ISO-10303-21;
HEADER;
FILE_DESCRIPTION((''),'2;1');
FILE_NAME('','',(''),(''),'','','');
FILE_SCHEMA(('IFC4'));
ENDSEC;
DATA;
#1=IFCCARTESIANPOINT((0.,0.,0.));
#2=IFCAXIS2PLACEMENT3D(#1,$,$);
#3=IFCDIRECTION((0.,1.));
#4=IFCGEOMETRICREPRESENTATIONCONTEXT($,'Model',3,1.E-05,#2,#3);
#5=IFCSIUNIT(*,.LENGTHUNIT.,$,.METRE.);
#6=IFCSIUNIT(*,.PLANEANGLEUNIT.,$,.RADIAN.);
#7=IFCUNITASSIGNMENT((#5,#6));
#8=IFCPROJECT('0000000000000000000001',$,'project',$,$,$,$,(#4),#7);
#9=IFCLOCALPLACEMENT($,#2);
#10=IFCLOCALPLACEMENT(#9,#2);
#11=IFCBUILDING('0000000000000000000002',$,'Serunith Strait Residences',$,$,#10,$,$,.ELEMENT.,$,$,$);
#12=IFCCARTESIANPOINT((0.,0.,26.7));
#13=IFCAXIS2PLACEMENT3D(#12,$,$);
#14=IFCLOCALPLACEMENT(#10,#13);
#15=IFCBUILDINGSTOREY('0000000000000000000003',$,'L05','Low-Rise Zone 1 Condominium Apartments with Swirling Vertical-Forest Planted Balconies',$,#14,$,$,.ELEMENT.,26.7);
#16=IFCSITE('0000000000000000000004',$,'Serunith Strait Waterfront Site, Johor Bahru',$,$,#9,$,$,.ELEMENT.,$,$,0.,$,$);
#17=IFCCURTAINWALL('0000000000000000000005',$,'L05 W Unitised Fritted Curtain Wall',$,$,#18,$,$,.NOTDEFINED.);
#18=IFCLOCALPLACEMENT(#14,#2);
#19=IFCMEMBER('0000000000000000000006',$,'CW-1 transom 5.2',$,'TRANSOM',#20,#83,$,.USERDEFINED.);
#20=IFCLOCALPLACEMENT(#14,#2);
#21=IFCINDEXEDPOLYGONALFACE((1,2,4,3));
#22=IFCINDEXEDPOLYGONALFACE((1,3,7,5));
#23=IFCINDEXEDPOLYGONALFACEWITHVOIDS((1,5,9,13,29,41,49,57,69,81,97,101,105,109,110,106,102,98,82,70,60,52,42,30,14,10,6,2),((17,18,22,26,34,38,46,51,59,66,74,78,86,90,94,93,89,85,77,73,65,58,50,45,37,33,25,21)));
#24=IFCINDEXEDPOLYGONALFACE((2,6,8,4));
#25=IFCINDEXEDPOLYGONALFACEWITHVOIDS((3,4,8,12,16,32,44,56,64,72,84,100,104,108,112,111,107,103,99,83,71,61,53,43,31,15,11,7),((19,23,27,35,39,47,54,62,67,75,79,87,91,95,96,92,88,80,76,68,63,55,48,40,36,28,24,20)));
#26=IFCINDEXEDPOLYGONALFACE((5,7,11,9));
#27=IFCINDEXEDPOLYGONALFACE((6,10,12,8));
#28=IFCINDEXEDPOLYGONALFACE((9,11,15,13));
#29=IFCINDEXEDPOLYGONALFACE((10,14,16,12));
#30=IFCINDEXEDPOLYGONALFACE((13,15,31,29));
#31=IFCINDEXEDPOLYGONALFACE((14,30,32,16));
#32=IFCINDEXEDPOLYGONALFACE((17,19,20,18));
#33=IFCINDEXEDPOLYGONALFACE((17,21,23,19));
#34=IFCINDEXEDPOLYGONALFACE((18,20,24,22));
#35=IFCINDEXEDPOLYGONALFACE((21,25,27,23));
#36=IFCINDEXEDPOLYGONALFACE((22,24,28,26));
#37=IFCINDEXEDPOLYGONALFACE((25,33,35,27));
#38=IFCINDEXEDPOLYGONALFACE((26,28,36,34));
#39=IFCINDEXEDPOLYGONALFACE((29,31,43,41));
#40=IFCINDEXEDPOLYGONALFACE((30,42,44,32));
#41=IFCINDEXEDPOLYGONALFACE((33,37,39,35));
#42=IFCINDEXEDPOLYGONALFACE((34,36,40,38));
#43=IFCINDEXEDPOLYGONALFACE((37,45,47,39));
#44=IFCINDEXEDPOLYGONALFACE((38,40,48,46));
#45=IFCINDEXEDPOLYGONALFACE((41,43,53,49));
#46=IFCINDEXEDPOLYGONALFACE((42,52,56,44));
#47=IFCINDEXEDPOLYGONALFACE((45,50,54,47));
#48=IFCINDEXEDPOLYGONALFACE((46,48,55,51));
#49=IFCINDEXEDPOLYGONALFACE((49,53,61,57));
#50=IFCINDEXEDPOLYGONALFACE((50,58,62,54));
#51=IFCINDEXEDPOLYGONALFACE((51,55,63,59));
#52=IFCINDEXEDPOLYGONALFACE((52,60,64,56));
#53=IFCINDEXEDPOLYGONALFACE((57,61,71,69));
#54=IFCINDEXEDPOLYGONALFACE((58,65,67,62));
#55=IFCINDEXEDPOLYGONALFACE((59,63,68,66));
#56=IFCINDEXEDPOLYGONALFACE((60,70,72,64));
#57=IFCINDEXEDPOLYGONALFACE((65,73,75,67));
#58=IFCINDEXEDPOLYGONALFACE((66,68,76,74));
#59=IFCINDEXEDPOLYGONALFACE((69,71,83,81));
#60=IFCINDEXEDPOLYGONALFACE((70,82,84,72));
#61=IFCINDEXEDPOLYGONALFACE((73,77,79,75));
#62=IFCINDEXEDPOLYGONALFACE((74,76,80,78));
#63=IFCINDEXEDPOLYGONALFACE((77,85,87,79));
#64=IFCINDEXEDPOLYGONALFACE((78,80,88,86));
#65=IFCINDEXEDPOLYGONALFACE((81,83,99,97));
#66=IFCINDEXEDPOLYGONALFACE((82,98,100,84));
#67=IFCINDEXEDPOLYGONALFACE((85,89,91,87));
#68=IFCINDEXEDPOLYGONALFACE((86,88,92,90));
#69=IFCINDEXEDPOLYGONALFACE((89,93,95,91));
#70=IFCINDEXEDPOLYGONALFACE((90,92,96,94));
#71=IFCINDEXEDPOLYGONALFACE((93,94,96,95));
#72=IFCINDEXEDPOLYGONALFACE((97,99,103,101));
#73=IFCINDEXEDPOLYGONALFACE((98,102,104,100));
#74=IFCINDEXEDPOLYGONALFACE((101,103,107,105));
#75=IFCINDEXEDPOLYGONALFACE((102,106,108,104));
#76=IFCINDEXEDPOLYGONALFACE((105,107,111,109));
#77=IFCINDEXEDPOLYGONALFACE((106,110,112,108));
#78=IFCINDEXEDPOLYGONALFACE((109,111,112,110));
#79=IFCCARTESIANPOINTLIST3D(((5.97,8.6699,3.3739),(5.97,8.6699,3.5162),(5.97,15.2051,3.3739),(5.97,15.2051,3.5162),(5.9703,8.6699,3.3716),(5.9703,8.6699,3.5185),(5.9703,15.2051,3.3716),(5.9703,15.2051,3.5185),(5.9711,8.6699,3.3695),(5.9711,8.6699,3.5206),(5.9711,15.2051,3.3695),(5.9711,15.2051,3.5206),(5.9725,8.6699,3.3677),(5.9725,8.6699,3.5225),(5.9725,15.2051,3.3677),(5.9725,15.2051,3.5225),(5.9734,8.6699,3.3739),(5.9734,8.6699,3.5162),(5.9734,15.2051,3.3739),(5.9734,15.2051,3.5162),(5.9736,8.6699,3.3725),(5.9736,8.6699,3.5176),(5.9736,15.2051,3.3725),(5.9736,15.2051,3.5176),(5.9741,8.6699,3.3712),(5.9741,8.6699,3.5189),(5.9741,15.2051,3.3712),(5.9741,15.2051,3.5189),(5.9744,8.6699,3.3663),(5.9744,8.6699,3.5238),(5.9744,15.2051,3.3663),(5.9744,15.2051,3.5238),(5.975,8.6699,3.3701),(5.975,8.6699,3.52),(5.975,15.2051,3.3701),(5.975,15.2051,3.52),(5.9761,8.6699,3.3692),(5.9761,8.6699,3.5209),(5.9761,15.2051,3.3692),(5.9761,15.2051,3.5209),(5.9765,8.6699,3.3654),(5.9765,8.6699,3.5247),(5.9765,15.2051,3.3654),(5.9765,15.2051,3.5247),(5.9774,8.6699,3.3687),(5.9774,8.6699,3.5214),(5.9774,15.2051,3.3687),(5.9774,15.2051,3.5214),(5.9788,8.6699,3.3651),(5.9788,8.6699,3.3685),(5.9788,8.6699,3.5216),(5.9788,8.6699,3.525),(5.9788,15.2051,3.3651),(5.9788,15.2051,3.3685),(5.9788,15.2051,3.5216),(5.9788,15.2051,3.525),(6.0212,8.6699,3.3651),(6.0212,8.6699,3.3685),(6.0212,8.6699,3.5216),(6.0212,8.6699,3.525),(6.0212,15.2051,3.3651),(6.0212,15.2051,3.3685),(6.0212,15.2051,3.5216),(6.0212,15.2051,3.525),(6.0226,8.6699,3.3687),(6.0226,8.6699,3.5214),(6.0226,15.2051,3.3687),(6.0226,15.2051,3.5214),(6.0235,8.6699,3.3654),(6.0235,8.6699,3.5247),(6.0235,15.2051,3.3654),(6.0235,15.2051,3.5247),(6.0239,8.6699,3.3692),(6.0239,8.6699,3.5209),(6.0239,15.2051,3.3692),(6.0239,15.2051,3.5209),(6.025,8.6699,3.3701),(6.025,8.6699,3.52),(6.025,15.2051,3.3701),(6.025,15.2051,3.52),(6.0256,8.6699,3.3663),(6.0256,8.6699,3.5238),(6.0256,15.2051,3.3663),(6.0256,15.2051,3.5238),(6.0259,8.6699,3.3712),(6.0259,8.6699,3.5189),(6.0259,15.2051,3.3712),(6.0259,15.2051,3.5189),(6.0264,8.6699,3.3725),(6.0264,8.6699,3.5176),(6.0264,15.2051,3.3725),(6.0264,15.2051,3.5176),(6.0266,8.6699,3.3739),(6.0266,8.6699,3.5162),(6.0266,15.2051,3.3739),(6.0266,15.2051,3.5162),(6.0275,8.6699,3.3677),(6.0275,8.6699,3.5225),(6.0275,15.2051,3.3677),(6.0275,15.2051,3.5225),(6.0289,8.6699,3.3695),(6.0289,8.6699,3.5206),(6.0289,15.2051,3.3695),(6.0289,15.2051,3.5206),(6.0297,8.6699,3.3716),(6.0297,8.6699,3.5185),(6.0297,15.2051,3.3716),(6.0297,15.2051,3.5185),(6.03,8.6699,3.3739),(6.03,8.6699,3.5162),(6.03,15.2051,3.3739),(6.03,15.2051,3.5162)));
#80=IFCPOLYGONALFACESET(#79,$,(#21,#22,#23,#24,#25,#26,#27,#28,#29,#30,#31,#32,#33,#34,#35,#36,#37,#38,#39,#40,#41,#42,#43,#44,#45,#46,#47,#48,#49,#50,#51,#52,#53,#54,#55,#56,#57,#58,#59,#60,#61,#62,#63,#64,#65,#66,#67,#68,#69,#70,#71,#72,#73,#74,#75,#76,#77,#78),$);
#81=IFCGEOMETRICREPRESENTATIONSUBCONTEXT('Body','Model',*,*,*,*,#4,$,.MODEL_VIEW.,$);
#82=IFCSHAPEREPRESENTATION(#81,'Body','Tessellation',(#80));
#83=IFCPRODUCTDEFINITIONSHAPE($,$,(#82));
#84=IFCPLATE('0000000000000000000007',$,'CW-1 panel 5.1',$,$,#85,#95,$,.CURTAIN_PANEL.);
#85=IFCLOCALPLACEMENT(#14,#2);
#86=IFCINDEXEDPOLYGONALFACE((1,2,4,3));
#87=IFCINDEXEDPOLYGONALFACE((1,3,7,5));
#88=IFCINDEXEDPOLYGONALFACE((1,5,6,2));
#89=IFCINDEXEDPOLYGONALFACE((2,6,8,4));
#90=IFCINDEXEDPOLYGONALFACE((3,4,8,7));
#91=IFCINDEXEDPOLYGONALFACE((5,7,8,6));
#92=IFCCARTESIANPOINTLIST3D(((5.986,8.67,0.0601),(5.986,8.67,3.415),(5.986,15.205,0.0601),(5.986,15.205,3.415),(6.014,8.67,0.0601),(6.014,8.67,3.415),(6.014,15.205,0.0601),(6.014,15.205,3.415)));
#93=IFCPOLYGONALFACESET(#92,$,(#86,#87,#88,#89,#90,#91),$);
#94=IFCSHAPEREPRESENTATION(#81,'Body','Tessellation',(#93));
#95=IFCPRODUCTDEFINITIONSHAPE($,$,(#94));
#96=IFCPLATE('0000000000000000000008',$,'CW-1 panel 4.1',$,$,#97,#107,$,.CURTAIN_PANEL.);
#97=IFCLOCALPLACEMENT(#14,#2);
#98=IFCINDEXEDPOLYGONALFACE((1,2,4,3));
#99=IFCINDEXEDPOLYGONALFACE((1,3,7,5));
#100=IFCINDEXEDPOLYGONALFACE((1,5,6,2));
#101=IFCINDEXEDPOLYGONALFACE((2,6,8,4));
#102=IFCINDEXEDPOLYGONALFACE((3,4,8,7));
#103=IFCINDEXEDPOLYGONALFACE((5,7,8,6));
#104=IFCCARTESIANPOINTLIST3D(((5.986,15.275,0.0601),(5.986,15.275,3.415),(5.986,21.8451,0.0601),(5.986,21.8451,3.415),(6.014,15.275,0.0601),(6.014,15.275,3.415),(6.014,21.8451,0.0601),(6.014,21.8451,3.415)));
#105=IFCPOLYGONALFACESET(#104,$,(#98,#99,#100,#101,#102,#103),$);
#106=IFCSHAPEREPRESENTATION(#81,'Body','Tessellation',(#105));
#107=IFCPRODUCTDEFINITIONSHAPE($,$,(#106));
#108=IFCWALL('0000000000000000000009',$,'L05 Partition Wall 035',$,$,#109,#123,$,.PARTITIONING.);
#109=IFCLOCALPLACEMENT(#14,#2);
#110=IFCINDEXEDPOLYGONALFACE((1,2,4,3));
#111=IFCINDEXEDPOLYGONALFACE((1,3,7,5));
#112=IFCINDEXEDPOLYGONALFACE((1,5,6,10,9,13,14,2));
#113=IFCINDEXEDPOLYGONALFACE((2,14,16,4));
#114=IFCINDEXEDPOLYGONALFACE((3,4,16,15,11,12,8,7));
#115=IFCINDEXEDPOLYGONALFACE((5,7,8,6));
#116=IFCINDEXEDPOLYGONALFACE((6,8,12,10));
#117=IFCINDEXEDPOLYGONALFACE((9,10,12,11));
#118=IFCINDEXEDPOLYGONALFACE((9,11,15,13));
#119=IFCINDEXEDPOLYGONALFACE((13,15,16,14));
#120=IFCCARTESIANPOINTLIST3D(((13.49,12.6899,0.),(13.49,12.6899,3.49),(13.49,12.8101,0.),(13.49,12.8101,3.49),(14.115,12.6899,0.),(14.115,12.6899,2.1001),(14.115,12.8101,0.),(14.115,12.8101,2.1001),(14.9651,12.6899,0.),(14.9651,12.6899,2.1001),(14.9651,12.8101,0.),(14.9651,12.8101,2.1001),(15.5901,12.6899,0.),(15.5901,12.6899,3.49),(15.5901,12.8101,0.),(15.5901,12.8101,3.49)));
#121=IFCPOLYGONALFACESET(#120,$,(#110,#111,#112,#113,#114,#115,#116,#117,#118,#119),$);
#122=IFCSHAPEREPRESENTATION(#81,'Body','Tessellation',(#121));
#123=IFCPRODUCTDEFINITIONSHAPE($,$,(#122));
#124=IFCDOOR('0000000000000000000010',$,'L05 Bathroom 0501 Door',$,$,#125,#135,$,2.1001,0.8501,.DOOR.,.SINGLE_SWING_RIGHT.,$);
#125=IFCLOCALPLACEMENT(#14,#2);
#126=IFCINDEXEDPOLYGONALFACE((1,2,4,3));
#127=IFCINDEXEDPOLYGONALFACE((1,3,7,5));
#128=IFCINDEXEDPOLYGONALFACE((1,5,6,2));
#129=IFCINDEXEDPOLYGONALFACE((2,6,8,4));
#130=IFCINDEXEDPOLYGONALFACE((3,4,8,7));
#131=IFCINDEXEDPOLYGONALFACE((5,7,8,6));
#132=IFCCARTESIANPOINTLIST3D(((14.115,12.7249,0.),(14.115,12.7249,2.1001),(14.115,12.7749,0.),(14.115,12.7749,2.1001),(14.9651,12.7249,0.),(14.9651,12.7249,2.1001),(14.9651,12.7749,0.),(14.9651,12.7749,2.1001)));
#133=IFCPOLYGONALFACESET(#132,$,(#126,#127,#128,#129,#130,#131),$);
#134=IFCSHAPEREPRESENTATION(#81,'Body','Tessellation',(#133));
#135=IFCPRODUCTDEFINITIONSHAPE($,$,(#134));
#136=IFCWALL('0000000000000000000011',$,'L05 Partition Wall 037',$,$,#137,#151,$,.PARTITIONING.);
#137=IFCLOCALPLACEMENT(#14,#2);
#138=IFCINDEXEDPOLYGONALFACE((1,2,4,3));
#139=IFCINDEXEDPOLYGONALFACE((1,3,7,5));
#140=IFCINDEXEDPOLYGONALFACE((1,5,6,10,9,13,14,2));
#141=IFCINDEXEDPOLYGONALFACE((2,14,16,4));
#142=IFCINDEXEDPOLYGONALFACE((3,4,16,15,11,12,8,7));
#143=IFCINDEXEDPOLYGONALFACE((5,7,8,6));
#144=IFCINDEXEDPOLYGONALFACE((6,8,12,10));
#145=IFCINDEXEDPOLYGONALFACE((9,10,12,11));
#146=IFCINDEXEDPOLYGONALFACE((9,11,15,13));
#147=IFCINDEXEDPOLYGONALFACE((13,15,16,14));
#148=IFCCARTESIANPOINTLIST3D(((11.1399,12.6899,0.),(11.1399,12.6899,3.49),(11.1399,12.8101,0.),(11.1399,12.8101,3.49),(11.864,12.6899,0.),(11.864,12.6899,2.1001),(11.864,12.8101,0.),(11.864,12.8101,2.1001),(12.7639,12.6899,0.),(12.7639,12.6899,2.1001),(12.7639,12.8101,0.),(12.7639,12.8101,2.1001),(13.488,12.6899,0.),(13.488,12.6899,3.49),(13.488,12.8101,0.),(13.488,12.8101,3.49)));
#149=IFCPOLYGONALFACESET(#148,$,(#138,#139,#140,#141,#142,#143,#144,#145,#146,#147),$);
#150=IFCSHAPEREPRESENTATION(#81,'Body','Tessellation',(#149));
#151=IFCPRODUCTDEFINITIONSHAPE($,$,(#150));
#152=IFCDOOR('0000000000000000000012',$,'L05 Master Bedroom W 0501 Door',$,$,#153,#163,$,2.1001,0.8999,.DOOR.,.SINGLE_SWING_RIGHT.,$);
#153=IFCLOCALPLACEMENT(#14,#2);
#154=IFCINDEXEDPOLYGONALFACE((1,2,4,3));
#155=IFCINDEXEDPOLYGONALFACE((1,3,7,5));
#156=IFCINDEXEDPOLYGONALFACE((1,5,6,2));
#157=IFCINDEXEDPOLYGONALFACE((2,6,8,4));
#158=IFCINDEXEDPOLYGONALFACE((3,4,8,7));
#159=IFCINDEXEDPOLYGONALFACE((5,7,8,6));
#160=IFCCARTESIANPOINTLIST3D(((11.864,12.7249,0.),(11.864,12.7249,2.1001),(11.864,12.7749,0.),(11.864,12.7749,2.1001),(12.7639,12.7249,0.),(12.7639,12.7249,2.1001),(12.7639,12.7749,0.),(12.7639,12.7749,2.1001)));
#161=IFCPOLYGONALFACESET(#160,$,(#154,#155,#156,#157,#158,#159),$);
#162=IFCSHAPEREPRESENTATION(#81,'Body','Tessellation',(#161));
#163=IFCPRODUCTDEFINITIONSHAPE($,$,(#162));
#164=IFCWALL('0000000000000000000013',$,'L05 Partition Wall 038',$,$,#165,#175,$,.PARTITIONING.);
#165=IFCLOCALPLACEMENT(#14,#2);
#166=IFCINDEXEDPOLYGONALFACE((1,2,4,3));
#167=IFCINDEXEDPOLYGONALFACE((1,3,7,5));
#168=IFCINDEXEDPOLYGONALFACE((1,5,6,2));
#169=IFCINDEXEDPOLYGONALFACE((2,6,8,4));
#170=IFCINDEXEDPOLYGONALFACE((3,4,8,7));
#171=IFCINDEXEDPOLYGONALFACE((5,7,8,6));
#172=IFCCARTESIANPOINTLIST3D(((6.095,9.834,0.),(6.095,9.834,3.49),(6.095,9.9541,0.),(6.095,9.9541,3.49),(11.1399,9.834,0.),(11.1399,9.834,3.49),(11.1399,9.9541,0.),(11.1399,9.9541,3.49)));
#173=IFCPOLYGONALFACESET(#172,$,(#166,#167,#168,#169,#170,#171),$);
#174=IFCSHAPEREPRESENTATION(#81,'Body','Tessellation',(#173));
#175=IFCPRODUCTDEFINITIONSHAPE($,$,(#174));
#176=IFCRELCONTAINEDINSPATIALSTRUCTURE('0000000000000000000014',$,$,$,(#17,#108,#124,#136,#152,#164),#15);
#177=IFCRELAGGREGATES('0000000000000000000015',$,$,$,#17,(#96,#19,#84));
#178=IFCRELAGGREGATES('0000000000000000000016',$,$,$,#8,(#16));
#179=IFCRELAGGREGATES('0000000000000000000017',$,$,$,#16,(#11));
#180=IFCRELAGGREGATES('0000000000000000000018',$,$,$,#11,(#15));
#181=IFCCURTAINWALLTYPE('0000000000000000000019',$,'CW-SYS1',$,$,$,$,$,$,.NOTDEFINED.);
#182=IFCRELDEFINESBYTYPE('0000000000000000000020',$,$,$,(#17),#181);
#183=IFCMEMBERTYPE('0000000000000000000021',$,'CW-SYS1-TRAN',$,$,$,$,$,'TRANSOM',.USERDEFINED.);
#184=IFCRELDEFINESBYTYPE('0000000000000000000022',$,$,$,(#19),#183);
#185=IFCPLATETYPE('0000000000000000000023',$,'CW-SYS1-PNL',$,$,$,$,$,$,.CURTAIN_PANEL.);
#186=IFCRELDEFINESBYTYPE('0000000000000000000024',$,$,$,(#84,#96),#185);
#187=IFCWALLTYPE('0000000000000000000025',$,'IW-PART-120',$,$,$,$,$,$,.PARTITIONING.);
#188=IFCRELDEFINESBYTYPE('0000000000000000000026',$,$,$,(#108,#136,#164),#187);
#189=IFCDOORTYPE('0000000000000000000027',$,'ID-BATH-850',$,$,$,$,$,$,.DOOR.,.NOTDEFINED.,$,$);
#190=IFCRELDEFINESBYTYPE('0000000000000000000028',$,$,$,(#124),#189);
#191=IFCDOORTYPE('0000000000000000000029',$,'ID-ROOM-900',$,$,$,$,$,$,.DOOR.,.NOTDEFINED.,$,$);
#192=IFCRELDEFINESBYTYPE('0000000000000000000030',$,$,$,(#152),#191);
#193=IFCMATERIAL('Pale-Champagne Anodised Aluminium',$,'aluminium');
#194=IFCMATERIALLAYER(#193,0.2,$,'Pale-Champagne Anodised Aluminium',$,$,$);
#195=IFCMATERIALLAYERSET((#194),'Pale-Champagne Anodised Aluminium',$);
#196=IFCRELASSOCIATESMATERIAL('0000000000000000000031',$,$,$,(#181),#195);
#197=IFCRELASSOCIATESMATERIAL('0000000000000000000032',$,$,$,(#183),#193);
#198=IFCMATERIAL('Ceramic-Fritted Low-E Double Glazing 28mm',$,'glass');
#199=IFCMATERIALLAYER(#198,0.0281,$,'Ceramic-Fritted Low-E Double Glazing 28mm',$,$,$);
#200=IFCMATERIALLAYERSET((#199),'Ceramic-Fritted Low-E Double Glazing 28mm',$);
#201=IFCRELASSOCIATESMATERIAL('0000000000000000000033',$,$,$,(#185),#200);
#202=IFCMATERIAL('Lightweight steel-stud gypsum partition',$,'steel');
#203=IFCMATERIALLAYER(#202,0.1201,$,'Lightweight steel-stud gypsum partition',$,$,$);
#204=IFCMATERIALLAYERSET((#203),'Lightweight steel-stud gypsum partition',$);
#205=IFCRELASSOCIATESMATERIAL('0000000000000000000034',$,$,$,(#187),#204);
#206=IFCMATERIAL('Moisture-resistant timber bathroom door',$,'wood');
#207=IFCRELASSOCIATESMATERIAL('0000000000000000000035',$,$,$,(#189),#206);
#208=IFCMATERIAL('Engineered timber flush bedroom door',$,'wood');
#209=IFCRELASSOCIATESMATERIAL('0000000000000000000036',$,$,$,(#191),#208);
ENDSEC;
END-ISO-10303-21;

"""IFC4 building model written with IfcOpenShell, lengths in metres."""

from ifc_helpers import new_model, si_unit, direction, frame, frame_2d, origin, origin_2d, place, context, subcontext, project, spatial, rectangle, hollow_rectangle, extrude, source, transform, mapped, material, layer, layer_set, material_profile, profile_set, type_object, element, fill, aggregate, save


model = new_model("IFC4")

# Units and contexts
model_context = context("Model", 3, precision=1e-05, world=origin(), true_north=direction((0.0, 1.0)))
body_context = subcontext(model_context, "Body", "Model", "MODEL_VIEW")
ifc_project = project(units=[si_unit("LENGTHUNIT", "METRE"), si_unit("PLANEANGLEUNIT", "RADIAN")], contexts=[model_context])

# Site, building, storey
site_placement = place(None, origin())
site = spatial("IfcSite", under=ifc_project, at=site_placement, Name="Serunith Strait Waterfront Site, Johor Bahru", CompositionType="ELEMENT", RefElevation=0.0)
building_placement = place(site_placement, origin())
building = spatial("IfcBuilding", under=site, at=building_placement, Name="Serunith Strait Residences", CompositionType="ELEMENT")
storey_placement = place(building_placement, frame((0.0, 0.0, 26.7)))
storey = spatial("IfcBuildingStorey", under=building, at=storey_placement, Name="L05", Description="Low-Rise Zone 1 Condominium Apartments with Swirling Vertical-Forest Planted Balconies", CompositionType="ELEMENT", Elevation=26.7)

# Curtain wall, member, plates
ifc_material_1 = material(Name="Pale-Champagne Anodised Aluminium", Category="aluminium")
ifc_layer_1 = layer(ifc_material_1, 0.2, Name="Pale-Champagne Anodised Aluminium")
ifc_layer_set_1 = layer_set([ifc_layer_1], Name="Pale-Champagne Anodised Aluminium")
curtain_wall_type = type_object("IfcCurtainWallType", Name="CW-SYS1", PredefinedType="NOTDEFINED", material=ifc_layer_set_1)
curtain_wall_placement = place(storey_placement, origin())
curtain_wall = element("IfcCurtainWall", 1, at=curtain_wall_placement, inside=storey, type_object=curtain_wall_type, Name="L05 W Unitised Fritted Curtain Wall", PredefinedType="NOTDEFINED")
ifc_material_profile_1 = material_profile(ifc_material_1, hollow_rectangle(XDim=0.0601, YDim=0.1599, WallThickness=0.0034, InnerFilletRadius=0.0054, OuterFilletRadius=0.0088, at=origin_2d()), Name="ALU 160x60x3.5")
ifc_profile_set_1 = profile_set([ifc_material_profile_1], Name="Pale-Champagne Anodised Aluminium")
member_type_1 = type_object("IfcMemberType", Name="CW-SYS1-TRAN", ElementType="TRANSOM", PredefinedType="USERDEFINED", material=ifc_profile_set_1)
shared_shape_1 = source(origin(), body_context, "Body", "SweptSolid", [
    extrude(hollow_rectangle(XDim=0.0601, YDim=0.1599, WallThickness=0.0034, InnerFilletRadius=0.0054, OuterFilletRadius=0.0088, at=origin_2d()), origin(), (0.0, 0.0, 1.0), 6.5352),
])
member_1_placement = place(storey_placement, frame((6.0, 15.2051, 3.4451), z_axis=(0.0, -1.0, 0.0), x_axis=(1.0, 0.0, 0.0)))
member_1 = element("IfcMember", 2, at=member_1_placement, type_object=member_type_1, Name="CW-1 transom 5.2", ObjectType="TRANSOM", PredefinedType="USERDEFINED", context=body_context, shape_type="MappedRepresentation", body=[
    mapped(shared_shape_1, transform((0.0, 0.0, 0.0), scale=1.0)),
])
ifc_material_2 = material(Name="Ceramic-Fritted Low-E Double Glazing 28mm", Category="glass")
ifc_layer_2 = layer(ifc_material_2, 0.0281, Name="Ceramic-Fritted Low-E Double Glazing 28mm")
ifc_layer_set_2 = layer_set([ifc_layer_2], Name="Ceramic-Fritted Low-E Double Glazing 28mm")
plate_type = type_object("IfcPlateType", Name="CW-SYS1-PNL", PredefinedType="CURTAIN_PANEL", material=ifc_layer_set_2)
shared_shape_2 = source(origin(), body_context, "Body", "SweptSolid", [
    extrude(rectangle(XDim=6.5349, YDim=0.0281, at=origin_2d()), origin(), (0.0, 0.0, 1.0), 3.355),
])
plate_1_placement = place(storey_placement, frame((6.0, 11.9375, 0.0601), z_axis=(0.0, 0.0, 1.0), x_axis=(0.0, -1.0, 0.0)))
plate_1 = element("IfcPlate", 3, at=plate_1_placement, type_object=plate_type, Name="CW-1 panel 5.1", PredefinedType="CURTAIN_PANEL", context=body_context, shape_type="MappedRepresentation", body=[
    mapped(shared_shape_2, transform((0.0, 0.0, 0.0), scale=1.0)),
])
shared_shape_3 = source(origin(), body_context, "Body", "SweptSolid", [
    extrude(rectangle(XDim=6.5701, YDim=0.0281, at=origin_2d()), origin(), (0.0, 0.0, 1.0), 3.355),
])
plate_2_placement = place(storey_placement, frame((6.0, 18.5601, 0.0601), z_axis=(0.0, 0.0, 1.0), x_axis=(0.0, -1.0, 0.0)))
plate_2 = element("IfcPlate", 4, at=plate_2_placement, type_object=plate_type, Name="CW-1 panel 4.1", PredefinedType="CURTAIN_PANEL", context=body_context, shape_type="MappedRepresentation", body=[
    mapped(shared_shape_3, transform((0.0, 0.0, 0.0), scale=1.0)),
])
aggregate(curtain_wall, [plate_2, member_1, plate_1])

# Walls, openings, doors
ifc_material_3 = material(Name="Lightweight steel-stud gypsum partition", Category="steel")
ifc_layer_3 = layer(ifc_material_3, 0.1201, Name="Lightweight steel-stud gypsum partition")
ifc_layer_set_3 = layer_set([ifc_layer_3], Name="Lightweight steel-stud gypsum partition")
wall_type_1 = type_object("IfcWallType", Name="IW-PART-120", PredefinedType="PARTITIONING", material=ifc_layer_set_3)
wall_1_placement = place(storey_placement, frame((13.49, 12.75, 0.0), z_axis=(0.0, 0.0, 1.0), x_axis=(1.0, 0.0, 0.0)))
wall_1 = element("IfcWall", 5, at=wall_1_placement, inside=storey, type_object=wall_type_1, Name="L05 Partition Wall 035", PredefinedType="PARTITIONING", context=body_context, shape_type="SweptSolid", body=[
    extrude(rectangle(XDim=2.1001, YDim=0.1201, at=frame_2d((1.05, 0.0))), origin(), (0.0, 0.0, 1.0), 3.49),
])
opening_1_placement = place(wall_1_placement, frame((0.625, 0.0, 0.0)))
opening_1 = element("IfcOpeningElement", 6, at=opening_1_placement, cuts=wall_1, PredefinedType="OPENING", context=body_context, shape_type="SweptSolid", body=[
    extrude(rectangle(XDim=0.8501, YDim=2.1001, at=frame_2d((0.425, 1.05))), frame((0.0, 0.0701, 0.0), z_axis=(0.0, -1.0, 0.0), x_axis=(1.0, 0.0, 0.0)), (0.0, 0.0, 1.0), 0.1401),
])
ifc_material_4 = material(Name="Moisture-resistant timber bathroom door", Category="wood")
door_type_1 = type_object("IfcDoorType", Name="ID-BATH-850", OperationType="NOTDEFINED", PredefinedType="DOOR", material=ifc_material_4)
shared_shape_4 = source(origin(), body_context, "Body", "SweptSolid", [
    extrude(rectangle(XDim=0.8501, YDim=2.1001, at=frame_2d((0.425, 1.05))), frame((0.0, 0.0249, 0.0), z_axis=(0.0, -1.0, 0.0), x_axis=(1.0, 0.0, 0.0)), (0.0, 0.0, 1.0), 0.05),
])
door_1_placement = place(opening_1_placement, origin())
door_1 = element("IfcDoor", 7, at=door_1_placement, inside=storey, type_object=door_type_1, Name="L05 Bathroom 0501 Door", OperationType="SINGLE_SWING_RIGHT", OverallHeight=2.1001, OverallWidth=0.8501, PredefinedType="DOOR", context=body_context, shape_type="MappedRepresentation", body=[
    mapped(shared_shape_4, transform((0.0, 0.0, 0.0), scale=1.0)),
])
fill(opening_1, door_1)
wall_2_placement = place(storey_placement, frame((11.1399, 12.75, 0.0), z_axis=(0.0, 0.0, 1.0), x_axis=(1.0, 0.0, 0.0)))
wall_2 = element("IfcWall", 8, at=wall_2_placement, inside=storey, type_object=wall_type_1, Name="L05 Partition Wall 037", PredefinedType="PARTITIONING", context=body_context, shape_type="SweptSolid", body=[
    extrude(rectangle(XDim=2.3481, YDim=0.1201, at=frame_2d((1.1741, 0.0))), origin(), (0.0, 0.0, 1.0), 3.49),
])
opening_2_placement = place(wall_2_placement, frame((0.7241, 0.0, 0.0)))
opening_2 = element("IfcOpeningElement", 9, at=opening_2_placement, cuts=wall_2, PredefinedType="OPENING", context=body_context, shape_type="SweptSolid", body=[
    extrude(rectangle(XDim=0.8999, YDim=2.1001, at=frame_2d((0.45, 1.05))), frame((0.0, 0.0701, 0.0), z_axis=(0.0, -1.0, 0.0), x_axis=(1.0, 0.0, 0.0)), (0.0, 0.0, 1.0), 0.1401),
])
ifc_material_5 = material(Name="Engineered timber flush bedroom door", Category="wood")
door_type_2 = type_object("IfcDoorType", Name="ID-ROOM-900", OperationType="NOTDEFINED", PredefinedType="DOOR", material=ifc_material_5)
shared_shape_5 = source(origin(), body_context, "Body", "SweptSolid", [
    extrude(rectangle(XDim=0.8999, YDim=2.1001, at=frame_2d((0.45, 1.05))), frame((0.0, 0.0249, 0.0), z_axis=(0.0, -1.0, 0.0), x_axis=(1.0, 0.0, 0.0)), (0.0, 0.0, 1.0), 0.05),
])
door_2_placement = place(opening_2_placement, origin())
door_2 = element("IfcDoor", 10, at=door_2_placement, inside=storey, type_object=door_type_2, Name="L05 Master Bedroom W 0501 Door", OperationType="SINGLE_SWING_RIGHT", OverallHeight=2.1001, OverallWidth=0.8999, PredefinedType="DOOR", context=body_context, shape_type="MappedRepresentation", body=[
    mapped(shared_shape_5, transform((0.0, 0.0, 0.0), scale=1.0)),
])
fill(opening_2, door_2)

# Wall
wall_3_placement = place(storey_placement, frame((6.095, 9.894, 0.0), z_axis=(0.0, 0.0, 1.0), x_axis=(1.0, 0.0, 0.0)))
element("IfcWall", 11, at=wall_3_placement, inside=storey, type_object=wall_type_1, Name="L05 Partition Wall 038", PredefinedType="PARTITIONING", context=body_context, shape_type="SweptSolid", body=[
    extrude(rectangle(XDim=5.0449, YDim=0.1201, at=frame_2d((2.5225, 0.0))), origin(), (0.0, 0.0, 1.0), 3.49),
])

save(model, "model.ifc")
